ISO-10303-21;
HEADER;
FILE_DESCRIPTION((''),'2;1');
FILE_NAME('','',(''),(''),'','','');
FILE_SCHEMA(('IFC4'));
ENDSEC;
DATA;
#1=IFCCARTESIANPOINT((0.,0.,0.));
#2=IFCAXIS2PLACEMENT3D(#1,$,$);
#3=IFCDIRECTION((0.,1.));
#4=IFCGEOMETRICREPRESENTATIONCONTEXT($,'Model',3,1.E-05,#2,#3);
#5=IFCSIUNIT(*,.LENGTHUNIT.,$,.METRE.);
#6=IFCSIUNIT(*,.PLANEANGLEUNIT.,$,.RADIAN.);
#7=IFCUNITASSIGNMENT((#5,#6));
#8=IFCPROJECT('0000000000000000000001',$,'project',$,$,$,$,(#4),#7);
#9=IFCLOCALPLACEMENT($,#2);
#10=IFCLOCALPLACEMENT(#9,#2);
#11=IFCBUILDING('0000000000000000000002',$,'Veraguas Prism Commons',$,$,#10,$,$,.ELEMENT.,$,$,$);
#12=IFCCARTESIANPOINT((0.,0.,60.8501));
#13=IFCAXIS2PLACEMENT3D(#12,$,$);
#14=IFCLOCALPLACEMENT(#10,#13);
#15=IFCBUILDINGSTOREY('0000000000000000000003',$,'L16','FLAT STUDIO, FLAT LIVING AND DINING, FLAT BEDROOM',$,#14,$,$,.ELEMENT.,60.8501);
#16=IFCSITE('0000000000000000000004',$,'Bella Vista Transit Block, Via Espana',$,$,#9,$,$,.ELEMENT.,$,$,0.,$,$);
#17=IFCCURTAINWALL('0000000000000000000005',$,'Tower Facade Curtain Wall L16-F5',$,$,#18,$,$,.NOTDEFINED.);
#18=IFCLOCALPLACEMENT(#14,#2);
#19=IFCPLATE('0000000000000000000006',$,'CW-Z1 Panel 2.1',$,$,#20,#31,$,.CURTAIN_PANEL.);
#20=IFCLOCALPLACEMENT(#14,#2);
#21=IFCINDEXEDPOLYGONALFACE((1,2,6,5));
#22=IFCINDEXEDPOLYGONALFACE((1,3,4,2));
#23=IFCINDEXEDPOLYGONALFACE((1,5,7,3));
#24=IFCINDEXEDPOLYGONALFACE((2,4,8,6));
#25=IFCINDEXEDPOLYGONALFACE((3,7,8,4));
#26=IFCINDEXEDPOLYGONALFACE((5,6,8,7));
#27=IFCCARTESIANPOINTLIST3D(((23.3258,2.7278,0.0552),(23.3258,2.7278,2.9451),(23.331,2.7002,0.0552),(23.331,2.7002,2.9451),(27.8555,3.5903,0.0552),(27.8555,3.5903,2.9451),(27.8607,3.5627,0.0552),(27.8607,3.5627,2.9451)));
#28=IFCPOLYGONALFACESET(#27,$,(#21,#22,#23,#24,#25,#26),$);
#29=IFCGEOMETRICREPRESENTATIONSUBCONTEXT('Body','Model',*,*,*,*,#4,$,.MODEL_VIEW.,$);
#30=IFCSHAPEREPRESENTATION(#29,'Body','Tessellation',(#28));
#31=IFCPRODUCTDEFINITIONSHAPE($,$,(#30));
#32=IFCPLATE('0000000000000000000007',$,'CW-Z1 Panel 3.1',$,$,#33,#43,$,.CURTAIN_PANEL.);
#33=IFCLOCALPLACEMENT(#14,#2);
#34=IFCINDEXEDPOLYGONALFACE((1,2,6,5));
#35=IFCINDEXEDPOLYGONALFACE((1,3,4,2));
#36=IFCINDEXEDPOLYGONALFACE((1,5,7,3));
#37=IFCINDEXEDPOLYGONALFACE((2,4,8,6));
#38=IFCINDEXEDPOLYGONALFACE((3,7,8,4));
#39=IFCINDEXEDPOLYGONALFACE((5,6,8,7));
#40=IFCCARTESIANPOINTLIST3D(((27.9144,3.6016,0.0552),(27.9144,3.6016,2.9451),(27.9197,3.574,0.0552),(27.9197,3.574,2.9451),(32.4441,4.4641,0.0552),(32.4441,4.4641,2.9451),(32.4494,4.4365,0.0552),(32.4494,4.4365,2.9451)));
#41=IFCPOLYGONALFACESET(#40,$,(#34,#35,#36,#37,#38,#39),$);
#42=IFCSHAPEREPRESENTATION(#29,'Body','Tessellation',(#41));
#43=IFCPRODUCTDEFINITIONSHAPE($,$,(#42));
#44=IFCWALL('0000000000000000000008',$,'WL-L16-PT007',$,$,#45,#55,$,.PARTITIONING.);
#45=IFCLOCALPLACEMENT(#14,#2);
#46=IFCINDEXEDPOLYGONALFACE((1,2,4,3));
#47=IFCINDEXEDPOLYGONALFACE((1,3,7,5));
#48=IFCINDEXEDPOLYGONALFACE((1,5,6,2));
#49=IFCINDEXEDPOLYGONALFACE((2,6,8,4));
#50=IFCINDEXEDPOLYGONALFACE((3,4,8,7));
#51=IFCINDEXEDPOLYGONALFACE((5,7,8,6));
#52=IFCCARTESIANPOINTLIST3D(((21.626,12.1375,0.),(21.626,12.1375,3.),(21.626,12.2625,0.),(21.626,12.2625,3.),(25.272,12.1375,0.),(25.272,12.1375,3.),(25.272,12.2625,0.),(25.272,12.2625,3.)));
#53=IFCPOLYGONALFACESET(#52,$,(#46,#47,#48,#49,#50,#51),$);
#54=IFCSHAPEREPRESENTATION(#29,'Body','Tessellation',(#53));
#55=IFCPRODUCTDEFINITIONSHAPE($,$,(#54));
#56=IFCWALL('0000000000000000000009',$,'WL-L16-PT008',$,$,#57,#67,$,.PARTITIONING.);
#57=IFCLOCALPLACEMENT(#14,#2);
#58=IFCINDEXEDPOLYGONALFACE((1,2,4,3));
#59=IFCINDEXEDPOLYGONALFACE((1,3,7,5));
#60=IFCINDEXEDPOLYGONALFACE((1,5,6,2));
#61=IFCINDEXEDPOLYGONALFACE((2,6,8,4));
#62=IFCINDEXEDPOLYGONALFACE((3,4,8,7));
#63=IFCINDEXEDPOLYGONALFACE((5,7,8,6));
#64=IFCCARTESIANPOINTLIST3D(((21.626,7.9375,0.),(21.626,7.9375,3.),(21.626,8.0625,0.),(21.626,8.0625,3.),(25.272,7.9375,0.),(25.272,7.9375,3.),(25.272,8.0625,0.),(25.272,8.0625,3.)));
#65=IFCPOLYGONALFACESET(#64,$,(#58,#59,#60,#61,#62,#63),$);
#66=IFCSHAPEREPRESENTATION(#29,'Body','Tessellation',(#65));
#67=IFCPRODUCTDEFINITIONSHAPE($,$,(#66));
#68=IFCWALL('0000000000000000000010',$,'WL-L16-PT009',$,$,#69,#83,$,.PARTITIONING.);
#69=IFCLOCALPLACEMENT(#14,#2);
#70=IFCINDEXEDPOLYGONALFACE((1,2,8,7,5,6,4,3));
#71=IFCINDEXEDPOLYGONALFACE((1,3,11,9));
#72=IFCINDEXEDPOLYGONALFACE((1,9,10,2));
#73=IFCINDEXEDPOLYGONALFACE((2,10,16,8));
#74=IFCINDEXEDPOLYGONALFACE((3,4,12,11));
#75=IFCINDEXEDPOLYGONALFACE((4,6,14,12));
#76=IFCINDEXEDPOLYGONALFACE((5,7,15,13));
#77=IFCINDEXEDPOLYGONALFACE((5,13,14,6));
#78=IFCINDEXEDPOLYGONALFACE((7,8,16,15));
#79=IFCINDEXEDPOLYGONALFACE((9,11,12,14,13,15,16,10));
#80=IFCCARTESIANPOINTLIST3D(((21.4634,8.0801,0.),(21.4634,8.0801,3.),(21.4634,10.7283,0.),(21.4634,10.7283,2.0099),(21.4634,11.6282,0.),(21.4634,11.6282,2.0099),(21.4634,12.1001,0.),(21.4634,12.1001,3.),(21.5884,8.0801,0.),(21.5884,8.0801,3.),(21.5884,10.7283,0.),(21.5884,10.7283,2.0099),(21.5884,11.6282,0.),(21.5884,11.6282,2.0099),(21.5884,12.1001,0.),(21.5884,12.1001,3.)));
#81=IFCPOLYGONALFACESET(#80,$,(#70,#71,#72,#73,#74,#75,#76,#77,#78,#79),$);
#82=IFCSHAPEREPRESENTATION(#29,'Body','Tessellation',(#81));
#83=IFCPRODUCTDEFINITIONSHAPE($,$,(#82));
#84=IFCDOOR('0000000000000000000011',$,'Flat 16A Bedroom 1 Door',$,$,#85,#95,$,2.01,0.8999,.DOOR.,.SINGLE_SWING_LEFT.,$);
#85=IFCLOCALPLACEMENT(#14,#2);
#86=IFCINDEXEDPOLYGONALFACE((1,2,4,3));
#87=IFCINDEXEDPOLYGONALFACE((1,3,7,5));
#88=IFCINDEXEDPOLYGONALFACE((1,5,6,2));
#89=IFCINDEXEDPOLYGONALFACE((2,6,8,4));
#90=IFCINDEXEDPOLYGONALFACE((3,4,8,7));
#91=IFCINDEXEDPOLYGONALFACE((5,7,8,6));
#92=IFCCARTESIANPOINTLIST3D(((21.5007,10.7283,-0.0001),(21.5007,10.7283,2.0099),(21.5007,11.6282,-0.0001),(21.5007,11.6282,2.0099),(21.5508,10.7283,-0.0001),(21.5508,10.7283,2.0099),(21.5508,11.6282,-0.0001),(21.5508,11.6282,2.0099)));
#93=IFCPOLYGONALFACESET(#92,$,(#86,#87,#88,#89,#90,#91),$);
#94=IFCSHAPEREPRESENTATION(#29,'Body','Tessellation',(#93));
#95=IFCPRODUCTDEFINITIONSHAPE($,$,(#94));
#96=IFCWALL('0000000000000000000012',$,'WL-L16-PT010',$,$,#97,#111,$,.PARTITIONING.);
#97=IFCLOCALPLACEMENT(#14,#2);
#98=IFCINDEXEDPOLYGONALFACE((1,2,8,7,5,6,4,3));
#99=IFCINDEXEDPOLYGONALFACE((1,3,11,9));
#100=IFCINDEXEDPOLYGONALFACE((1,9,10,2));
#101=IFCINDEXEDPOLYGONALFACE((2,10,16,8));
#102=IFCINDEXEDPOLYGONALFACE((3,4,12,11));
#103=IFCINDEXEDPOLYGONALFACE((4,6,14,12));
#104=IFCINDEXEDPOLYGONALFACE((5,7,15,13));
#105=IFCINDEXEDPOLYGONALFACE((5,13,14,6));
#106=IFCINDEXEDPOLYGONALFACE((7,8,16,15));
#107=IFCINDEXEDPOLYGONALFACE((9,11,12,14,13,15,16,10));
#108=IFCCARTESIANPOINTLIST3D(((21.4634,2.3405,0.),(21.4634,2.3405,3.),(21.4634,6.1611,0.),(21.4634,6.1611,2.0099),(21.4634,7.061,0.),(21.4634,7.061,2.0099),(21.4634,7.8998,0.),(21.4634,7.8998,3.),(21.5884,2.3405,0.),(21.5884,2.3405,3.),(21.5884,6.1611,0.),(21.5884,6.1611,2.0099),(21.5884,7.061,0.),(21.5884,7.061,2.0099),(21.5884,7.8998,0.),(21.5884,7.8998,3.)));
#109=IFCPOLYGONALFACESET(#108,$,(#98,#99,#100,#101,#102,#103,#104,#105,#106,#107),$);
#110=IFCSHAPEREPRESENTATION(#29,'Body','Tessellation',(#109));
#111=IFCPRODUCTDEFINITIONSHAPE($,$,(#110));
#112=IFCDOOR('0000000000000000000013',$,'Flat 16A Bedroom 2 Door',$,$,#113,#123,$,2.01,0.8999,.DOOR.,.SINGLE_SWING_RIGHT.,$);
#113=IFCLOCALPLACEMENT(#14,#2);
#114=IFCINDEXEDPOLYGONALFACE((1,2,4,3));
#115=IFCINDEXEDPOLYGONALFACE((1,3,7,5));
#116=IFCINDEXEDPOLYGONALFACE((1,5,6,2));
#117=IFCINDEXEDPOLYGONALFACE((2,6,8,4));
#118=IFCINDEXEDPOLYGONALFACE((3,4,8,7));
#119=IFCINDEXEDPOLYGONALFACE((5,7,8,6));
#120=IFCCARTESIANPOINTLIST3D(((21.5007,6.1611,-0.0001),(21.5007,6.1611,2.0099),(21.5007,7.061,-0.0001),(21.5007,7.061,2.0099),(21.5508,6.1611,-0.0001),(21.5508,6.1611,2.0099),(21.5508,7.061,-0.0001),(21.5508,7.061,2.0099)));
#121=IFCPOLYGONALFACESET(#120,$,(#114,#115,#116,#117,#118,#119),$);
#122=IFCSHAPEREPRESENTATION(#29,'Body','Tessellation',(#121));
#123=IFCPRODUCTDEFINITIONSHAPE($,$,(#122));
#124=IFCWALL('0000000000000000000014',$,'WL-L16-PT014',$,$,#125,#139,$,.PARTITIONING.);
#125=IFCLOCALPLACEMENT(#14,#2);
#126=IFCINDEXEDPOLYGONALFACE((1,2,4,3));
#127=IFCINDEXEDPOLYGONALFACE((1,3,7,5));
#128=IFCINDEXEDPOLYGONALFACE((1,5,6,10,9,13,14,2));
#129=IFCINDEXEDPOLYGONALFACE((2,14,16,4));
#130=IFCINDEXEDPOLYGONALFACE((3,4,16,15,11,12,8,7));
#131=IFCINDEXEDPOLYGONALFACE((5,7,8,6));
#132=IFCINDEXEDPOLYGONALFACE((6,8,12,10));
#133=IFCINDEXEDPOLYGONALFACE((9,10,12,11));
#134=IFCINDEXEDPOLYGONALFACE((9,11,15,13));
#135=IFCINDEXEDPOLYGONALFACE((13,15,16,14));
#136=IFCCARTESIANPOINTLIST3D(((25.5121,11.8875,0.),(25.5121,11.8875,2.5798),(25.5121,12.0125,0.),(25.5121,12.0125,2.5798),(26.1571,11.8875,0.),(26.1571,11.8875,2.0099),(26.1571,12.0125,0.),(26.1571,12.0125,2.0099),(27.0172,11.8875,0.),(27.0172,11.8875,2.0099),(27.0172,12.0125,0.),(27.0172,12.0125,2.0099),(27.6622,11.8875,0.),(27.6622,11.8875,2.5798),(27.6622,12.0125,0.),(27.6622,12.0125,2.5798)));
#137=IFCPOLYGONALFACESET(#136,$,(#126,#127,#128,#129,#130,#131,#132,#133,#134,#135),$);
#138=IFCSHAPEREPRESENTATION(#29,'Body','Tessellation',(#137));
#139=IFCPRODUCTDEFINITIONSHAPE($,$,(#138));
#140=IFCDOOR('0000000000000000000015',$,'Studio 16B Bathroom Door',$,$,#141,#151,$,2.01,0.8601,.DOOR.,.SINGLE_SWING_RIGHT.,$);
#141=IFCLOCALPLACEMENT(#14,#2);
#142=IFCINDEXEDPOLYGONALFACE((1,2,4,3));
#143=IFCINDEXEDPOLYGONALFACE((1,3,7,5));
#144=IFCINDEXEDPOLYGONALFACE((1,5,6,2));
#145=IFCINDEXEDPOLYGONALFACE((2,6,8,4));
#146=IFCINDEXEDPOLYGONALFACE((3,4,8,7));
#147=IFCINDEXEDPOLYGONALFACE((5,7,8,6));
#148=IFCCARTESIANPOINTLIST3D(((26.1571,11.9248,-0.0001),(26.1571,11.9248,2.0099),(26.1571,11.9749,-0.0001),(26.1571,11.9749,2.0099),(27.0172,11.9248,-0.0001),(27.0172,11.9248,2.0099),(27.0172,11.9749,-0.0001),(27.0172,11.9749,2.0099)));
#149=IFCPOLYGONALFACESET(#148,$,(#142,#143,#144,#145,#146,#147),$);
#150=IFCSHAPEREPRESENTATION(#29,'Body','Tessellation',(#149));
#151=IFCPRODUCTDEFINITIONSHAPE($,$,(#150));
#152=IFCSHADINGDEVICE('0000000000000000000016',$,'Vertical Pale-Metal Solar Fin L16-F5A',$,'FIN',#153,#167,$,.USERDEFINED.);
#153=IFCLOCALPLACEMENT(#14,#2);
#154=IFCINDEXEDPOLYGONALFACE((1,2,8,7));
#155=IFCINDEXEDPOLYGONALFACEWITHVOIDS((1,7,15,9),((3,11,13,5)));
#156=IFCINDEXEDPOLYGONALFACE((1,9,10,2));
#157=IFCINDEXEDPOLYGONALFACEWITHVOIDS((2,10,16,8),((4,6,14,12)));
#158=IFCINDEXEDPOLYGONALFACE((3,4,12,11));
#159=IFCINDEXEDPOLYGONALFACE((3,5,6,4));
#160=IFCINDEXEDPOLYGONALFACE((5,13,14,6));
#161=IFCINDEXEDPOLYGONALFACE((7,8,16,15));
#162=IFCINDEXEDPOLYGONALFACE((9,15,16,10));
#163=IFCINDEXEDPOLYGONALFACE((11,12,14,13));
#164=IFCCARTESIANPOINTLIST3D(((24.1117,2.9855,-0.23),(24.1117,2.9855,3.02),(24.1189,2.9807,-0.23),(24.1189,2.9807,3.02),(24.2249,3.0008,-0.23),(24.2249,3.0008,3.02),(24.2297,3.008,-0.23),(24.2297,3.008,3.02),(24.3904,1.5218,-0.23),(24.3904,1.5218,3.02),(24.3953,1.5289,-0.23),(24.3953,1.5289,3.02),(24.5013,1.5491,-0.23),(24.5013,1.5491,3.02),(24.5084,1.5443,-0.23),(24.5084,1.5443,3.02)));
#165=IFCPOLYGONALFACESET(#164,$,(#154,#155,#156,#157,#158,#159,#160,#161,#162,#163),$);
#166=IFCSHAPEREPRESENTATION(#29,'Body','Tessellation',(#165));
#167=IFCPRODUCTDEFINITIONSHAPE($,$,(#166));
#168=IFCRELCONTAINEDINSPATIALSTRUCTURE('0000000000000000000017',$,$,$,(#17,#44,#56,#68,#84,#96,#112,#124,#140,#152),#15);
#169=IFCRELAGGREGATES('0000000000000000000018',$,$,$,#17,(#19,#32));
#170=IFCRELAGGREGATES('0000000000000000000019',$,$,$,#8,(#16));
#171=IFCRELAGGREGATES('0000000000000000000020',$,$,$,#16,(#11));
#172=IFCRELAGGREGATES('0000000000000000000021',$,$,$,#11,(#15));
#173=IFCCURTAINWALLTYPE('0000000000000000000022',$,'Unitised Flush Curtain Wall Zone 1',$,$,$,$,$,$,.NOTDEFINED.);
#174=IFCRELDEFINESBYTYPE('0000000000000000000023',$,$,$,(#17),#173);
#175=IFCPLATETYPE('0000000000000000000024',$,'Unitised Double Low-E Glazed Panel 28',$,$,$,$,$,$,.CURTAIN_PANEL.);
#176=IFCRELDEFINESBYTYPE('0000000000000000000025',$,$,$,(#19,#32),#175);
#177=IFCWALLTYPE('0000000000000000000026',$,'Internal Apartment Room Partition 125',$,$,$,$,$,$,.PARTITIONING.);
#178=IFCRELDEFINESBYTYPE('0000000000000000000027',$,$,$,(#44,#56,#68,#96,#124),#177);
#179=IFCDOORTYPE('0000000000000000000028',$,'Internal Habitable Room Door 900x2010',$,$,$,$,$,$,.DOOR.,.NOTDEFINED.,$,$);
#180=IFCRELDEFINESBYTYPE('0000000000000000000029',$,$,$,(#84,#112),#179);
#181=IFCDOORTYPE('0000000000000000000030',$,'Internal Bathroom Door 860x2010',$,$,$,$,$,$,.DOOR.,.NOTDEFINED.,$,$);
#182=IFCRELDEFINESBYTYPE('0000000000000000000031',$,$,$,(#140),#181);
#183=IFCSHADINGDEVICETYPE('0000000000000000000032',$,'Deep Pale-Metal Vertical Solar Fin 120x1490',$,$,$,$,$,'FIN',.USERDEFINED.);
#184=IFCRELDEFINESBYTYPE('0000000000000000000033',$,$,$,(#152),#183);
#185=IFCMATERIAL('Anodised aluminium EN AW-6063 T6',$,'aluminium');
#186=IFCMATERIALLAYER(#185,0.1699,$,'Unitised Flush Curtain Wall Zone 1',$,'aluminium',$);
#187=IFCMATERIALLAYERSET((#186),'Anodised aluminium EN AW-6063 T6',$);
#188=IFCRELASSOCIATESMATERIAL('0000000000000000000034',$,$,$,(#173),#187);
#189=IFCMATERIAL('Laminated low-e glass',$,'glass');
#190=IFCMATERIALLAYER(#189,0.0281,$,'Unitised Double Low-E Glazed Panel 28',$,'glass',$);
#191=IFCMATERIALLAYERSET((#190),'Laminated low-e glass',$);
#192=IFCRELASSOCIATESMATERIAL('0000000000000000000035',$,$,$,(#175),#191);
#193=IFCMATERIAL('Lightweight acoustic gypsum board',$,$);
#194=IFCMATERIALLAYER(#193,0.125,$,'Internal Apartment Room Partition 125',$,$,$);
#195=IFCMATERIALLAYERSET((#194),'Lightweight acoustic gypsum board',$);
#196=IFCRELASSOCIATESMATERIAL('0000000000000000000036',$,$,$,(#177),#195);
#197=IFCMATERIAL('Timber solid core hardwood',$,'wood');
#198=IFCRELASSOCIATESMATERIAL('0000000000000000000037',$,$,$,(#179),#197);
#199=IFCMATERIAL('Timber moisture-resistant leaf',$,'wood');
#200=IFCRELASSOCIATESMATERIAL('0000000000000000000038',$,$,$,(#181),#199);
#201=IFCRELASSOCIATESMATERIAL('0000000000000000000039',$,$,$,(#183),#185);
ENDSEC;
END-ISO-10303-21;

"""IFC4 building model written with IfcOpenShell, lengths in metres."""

from ifc_helpers import new_model, si_unit, direction, frame, frame_2d, origin, origin_2d, place, context, subcontext, project, spatial, rectangle, hollow_rectangle, extrude, source, transform, mapped, material, layer, layer_set, material_profile, profile_set, type_object, element, fill, aggregate, save


model = new_model("IFC4")

# Units and contexts
model_context = context("Model", 3, precision=1e-05, world=origin(), true_north=direction((0.0, 1.0)))
body_context = subcontext(model_context, "Body", "Model", "MODEL_VIEW")
ifc_project = project(units=[si_unit("LENGTHUNIT", "METRE"), si_unit("PLANEANGLEUNIT", "RADIAN")], contexts=[model_context])

# Site, building, storey
site_placement = place(None, origin())
site = spatial("IfcSite", under=ifc_project, at=site_placement, Name="Bella Vista Transit Block, Via Espana", CompositionType="ELEMENT", RefElevation=0.0)
building_placement = place(site_placement, origin())
building = spatial("IfcBuilding", under=site, at=building_placement, Name="Veraguas Prism Commons", CompositionType="ELEMENT")
storey_placement = place(building_placement, frame((0.0, 0.0, 60.8501)))
storey = spatial("IfcBuildingStorey", under=building, at=storey_placement, Name="L16", Description="FLAT STUDIO, FLAT LIVING AND DINING, FLAT BEDROOM", CompositionType="ELEMENT", Elevation=60.8501)

# Curtain wall, plates
ifc_material_1 = material(Name="Anodised aluminium EN AW-6063 T6", Category="aluminium")
ifc_layer_1 = layer(ifc_material_1, 0.1699, Name="Unitised Flush Curtain Wall Zone 1", Category="aluminium")
ifc_layer_set_1 = layer_set([ifc_layer_1], Name="Anodised aluminium EN AW-6063 T6")
curtain_wall_type = type_object("IfcCurtainWallType", Name="Unitised Flush Curtain Wall Zone 1", PredefinedType="NOTDEFINED", material=ifc_layer_set_1)
curtain_wall_placement = place(storey_placement, origin())
curtain_wall = element("IfcCurtainWall", 1, at=curtain_wall_placement, inside=storey, type_object=curtain_wall_type, Name="Tower Facade Curtain Wall L16-F5", PredefinedType="NOTDEFINED")
ifc_material_2 = material(Name="Laminated low-e glass", Category="glass")
ifc_layer_2 = layer(ifc_material_2, 0.0281, Name="Unitised Double Low-E Glazed Panel 28", Category="glass")
ifc_layer_set_2 = layer_set([ifc_layer_2], Name="Laminated low-e glass")
plate_type = type_object("IfcPlateType", Name="Unitised Double Low-E Glazed Panel 28", PredefinedType="CURTAIN_PANEL", material=ifc_layer_set_2)
shared_shape_1 = source(origin(), body_context, "Body", "SweptSolid", [
    extrude(rectangle(XDim=4.6111, YDim=0.0281, at=origin_2d()), origin(), (0.0, 0.0, 1.0), 2.8899),
])
plate_1_placement = place(storey_placement, frame((25.5933, 3.1453, 0.0552), z_axis=(0.0, 0.0, 1.0), x_axis=(0.982353, 0.187038, 0.0)))
plate_1 = element("IfcPlate", 2, at=plate_1_placement, type_object=plate_type, Name="CW-Z1 Panel 2.1", PredefinedType="CURTAIN_PANEL", context=body_context, shape_type="MappedRepresentation", body=[
    mapped(shared_shape_1, transform((0.0, 0.0, 0.0), scale=1.0)),
])
plate_2_placement = place(storey_placement, frame((30.1819, 4.019, 0.0552), z_axis=(0.0, 0.0, 1.0), x_axis=(0.982353, 0.187038, 0.0)))
plate_2 = element("IfcPlate", 3, at=plate_2_placement, type_object=plate_type, Name="CW-Z1 Panel 3.1", PredefinedType="CURTAIN_PANEL", context=body_context, shape_type="MappedRepresentation", body=[
    mapped(shared_shape_1, transform((0.0, 0.0, 0.0), scale=1.0)),
])
aggregate(curtain_wall, [plate_1, plate_2])

# Walls
ifc_material_3 = material(Name="Lightweight acoustic gypsum board")
ifc_layer_3 = layer(ifc_material_3, 0.125, Name="Internal Apartment Room Partition 125")
ifc_layer_set_3 = layer_set([ifc_layer_3], Name="Lightweight acoustic gypsum board")
wall_type = type_object("IfcWallType", Name="Internal Apartment Room Partition 125", PredefinedType="PARTITIONING", material=ifc_layer_set_3)
for number, where, z_axis, x_axis, name in (
    (4, (21.626, 12.2, 0.0), (0.0, 0.0, 1.0), (1.0, 0.0, 0.0), "WL-L16-PT007"),
    (5, (21.626, 8.0, 0.0), (0.0, 0.0, 1.0), (1.0, 0.0, 0.0), "WL-L16-PT008"),
):
    element("IfcWall", number, at=place(storey_placement, frame(where, z_axis=z_axis, x_axis=x_axis)), inside=storey, type_object=wall_type, Name=name, PredefinedType="PARTITIONING", context=body_context, shape_type="SweptSolid", body=[
        extrude(rectangle(XDim=3.646, YDim=0.125, at=frame_2d((1.823, 0.0))), origin(), (0.0, 0.0, 1.0), 3.0),
    ])

# Walls, openings, doors
wall_1_placement = place(storey_placement, frame((21.5259, 12.1001, 0.0), z_axis=(0.0, 0.0, 1.0), x_axis=(0.0, -1.0, 0.0)))
wall_1 = element("IfcWall", 6, at=wall_1_placement, inside=storey, type_object=wall_type, Name="WL-L16-PT009", PredefinedType="PARTITIONING", context=body_context, shape_type="SweptSolid", body=[
    extrude(rectangle(XDim=4.02, YDim=0.125, at=frame_2d((2.01, 0.0))), origin(), (0.0, 0.0, 1.0), 3.0),
])
opening_1_placement = place(wall_1_placement, frame((0.4719, 0.0, 0.0)))
opening_1 = element("IfcOpeningElement", 7, at=opening_1_placement, cuts=wall_1, PredefinedType="OPENING", context=body_context, shape_type="SweptSolid", body=[
    extrude(rectangle(XDim=0.8999, YDim=2.01, at=frame_2d((0.45, 1.0049))), frame((0.0, 0.0725, 0.0), z_axis=(0.0, -1.0, 0.0), x_axis=(1.0, 0.0, 0.0)), (0.0, 0.0, 1.0), 0.145),
])
ifc_material_4 = material(Name="Timber solid core hardwood", Category="wood")
door_type_1 = type_object("IfcDoorType", Name="Internal Habitable Room Door 900x2010", OperationType="NOTDEFINED", PredefinedType="DOOR", material=ifc_material_4)
shared_shape_2 = source(origin(), body_context, "Body", "SweptSolid", [
    extrude(rectangle(XDim=0.8999, YDim=2.01, at=frame_2d((0.45, 1.0049))), frame((0.0, 0.0249, 0.0), z_axis=(0.0, -1.0, 0.0), x_axis=(1.0, 0.0, 0.0)), (0.0, 0.0, 1.0), 0.05),
])
door_1_placement = place(opening_1_placement, origin())
door_1 = element("IfcDoor", 8, at=door_1_placement, inside=storey, type_object=door_type_1, Name="Flat 16A Bedroom 1 Door", OperationType="SINGLE_SWING_LEFT", OverallHeight=2.01, OverallWidth=0.8999, PredefinedType="DOOR", context=body_context, shape_type="MappedRepresentation", body=[
    mapped(shared_shape_2, transform((0.0, 0.0, 0.0), scale=1.0)),
])
fill(opening_1, door_1)
wall_2_placement = place(storey_placement, frame((21.5259, 7.8999, 0.0), z_axis=(0.0, 0.0, 1.0), x_axis=(0.0, -1.0, 0.0)))
wall_2 = element("IfcWall", 9, at=wall_2_placement, inside=storey, type_object=wall_type, Name="WL-L16-PT010", PredefinedType="PARTITIONING", context=body_context, shape_type="SweptSolid", body=[
    extrude(rectangle(XDim=5.5593, YDim=0.125, at=frame_2d((2.7798, 0.0))), origin(), (0.0, 0.0, 1.0), 3.0),
])
opening_2_placement = place(wall_2_placement, frame((0.8389, 0.0, 0.0)))
opening_2 = element("IfcOpeningElement", 10, at=opening_2_placement, cuts=wall_2, PredefinedType="OPENING", context=body_context, shape_type="SweptSolid", body=[
    extrude(rectangle(XDim=0.8999, YDim=2.01, at=frame_2d((0.45, 1.0049))), frame((0.0, 0.0725, 0.0), z_axis=(0.0, -1.0, 0.0), x_axis=(1.0, 0.0, 0.0)), (0.0, 0.0, 1.0), 0.145),
])
door_2_placement = place(opening_2_placement, origin())
door_2 = element("IfcDoor", 11, at=door_2_placement, inside=storey, type_object=door_type_1, Name="Flat 16A Bedroom 2 Door", OperationType="SINGLE_SWING_RIGHT", OverallHeight=2.01, OverallWidth=0.8999, PredefinedType="DOOR", context=body_context, shape_type="MappedRepresentation", body=[
    mapped(shared_shape_2, transform((0.0, 0.0, 0.0), scale=1.0)),
])
fill(opening_2, door_2)
wall_3_placement = place(storey_placement, frame((25.512, 11.95, 0.0), z_axis=(0.0, 0.0, 1.0), x_axis=(1.0, 0.0, 0.0)))
wall_3 = element("IfcWall", 12, at=wall_3_placement, inside=storey, type_object=wall_type, Name="WL-L16-PT014", PredefinedType="PARTITIONING", context=body_context, shape_type="SweptSolid", body=[
    extrude(rectangle(XDim=2.1501, YDim=0.125, at=frame_2d((1.0752, 0.0))), origin(), (0.0, 0.0, 1.0), 2.5798),
])
opening_3_placement = place(wall_3_placement, frame((0.645, 0.0, 0.0)))
opening_3 = element("IfcOpeningElement", 13, at=opening_3_placement, cuts=wall_3, PredefinedType="OPENING", context=body_context, shape_type="SweptSolid", body=[
    extrude(rectangle(XDim=0.8601, YDim=2.01, at=frame_2d((0.4302, 1.0049))), frame((0.0, 0.0725, 0.0), z_axis=(0.0, -1.0, 0.0), x_axis=(1.0, 0.0, 0.0)), (0.0, 0.0, 1.0), 0.145),
])
ifc_material_5 = material(Name="Timber moisture-resistant leaf", Category="wood")
door_type_2 = type_object("IfcDoorType", Name="Internal Bathroom Door 860x2010", OperationType="NOTDEFINED", PredefinedType="DOOR", material=ifc_material_5)
shared_shape_3 = source(origin(), body_context, "Body", "SweptSolid", [
    extrude(rectangle(XDim=0.8601, YDim=2.01, at=frame_2d((0.4302, 1.0049))), frame((0.0, 0.0249, 0.0), z_axis=(0.0, -1.0, 0.0), x_axis=(1.0, 0.0, 0.0)), (0.0, 0.0, 1.0), 0.05),
])
door_3_placement = place(opening_3_placement, origin())
door_3 = element("IfcDoor", 14, at=door_3_placement, inside=storey, type_object=door_type_2, Name="Studio 16B Bathroom Door", OperationType="SINGLE_SWING_RIGHT", OverallHeight=2.01, OverallWidth=0.8601, PredefinedType="DOOR", context=body_context, shape_type="MappedRepresentation", body=[
    mapped(shared_shape_3, transform((0.0, 0.0, 0.0), scale=1.0)),
])
fill(opening_3, door_3)

# Shading device
ifc_material_profile_1 = material_profile(ifc_material_1, hollow_rectangle(XDim=0.1201, YDim=1.49, WallThickness=0.0061, at=origin_2d()), Name="FIN120X1490X6")
ifc_profile_set_1 = profile_set([ifc_material_profile_1], Name="Anodised aluminium EN AW-6063 T6")
shading_device_type = type_object("IfcShadingDeviceType", Name="Deep Pale-Metal Vertical Solar Fin 120x1490", ElementType="FIN", PredefinedType="USERDEFINED", material=ifc_profile_set_1)
shading_device_placement = place(storey_placement, frame((24.3101, 2.2649, -0.23), z_axis=(0.0, 0.0, 1.0), x_axis=(0.982353, 0.187037, 0.0)))
element("IfcShadingDevice", 15, at=shading_device_placement, inside=storey, type_object=shading_device_type, Name="Vertical Pale-Metal Solar Fin L16-F5A", ObjectType="FIN", PredefinedType="USERDEFINED", context=body_context, shape_type="SweptSolid", body=[
    extrude(hollow_rectangle(XDim=0.1201, YDim=1.49, WallThickness=0.0061, at=origin_2d()), origin(), (0.0, 0.0, 1.0), 3.25),
])

save(model, "model.ifc")
